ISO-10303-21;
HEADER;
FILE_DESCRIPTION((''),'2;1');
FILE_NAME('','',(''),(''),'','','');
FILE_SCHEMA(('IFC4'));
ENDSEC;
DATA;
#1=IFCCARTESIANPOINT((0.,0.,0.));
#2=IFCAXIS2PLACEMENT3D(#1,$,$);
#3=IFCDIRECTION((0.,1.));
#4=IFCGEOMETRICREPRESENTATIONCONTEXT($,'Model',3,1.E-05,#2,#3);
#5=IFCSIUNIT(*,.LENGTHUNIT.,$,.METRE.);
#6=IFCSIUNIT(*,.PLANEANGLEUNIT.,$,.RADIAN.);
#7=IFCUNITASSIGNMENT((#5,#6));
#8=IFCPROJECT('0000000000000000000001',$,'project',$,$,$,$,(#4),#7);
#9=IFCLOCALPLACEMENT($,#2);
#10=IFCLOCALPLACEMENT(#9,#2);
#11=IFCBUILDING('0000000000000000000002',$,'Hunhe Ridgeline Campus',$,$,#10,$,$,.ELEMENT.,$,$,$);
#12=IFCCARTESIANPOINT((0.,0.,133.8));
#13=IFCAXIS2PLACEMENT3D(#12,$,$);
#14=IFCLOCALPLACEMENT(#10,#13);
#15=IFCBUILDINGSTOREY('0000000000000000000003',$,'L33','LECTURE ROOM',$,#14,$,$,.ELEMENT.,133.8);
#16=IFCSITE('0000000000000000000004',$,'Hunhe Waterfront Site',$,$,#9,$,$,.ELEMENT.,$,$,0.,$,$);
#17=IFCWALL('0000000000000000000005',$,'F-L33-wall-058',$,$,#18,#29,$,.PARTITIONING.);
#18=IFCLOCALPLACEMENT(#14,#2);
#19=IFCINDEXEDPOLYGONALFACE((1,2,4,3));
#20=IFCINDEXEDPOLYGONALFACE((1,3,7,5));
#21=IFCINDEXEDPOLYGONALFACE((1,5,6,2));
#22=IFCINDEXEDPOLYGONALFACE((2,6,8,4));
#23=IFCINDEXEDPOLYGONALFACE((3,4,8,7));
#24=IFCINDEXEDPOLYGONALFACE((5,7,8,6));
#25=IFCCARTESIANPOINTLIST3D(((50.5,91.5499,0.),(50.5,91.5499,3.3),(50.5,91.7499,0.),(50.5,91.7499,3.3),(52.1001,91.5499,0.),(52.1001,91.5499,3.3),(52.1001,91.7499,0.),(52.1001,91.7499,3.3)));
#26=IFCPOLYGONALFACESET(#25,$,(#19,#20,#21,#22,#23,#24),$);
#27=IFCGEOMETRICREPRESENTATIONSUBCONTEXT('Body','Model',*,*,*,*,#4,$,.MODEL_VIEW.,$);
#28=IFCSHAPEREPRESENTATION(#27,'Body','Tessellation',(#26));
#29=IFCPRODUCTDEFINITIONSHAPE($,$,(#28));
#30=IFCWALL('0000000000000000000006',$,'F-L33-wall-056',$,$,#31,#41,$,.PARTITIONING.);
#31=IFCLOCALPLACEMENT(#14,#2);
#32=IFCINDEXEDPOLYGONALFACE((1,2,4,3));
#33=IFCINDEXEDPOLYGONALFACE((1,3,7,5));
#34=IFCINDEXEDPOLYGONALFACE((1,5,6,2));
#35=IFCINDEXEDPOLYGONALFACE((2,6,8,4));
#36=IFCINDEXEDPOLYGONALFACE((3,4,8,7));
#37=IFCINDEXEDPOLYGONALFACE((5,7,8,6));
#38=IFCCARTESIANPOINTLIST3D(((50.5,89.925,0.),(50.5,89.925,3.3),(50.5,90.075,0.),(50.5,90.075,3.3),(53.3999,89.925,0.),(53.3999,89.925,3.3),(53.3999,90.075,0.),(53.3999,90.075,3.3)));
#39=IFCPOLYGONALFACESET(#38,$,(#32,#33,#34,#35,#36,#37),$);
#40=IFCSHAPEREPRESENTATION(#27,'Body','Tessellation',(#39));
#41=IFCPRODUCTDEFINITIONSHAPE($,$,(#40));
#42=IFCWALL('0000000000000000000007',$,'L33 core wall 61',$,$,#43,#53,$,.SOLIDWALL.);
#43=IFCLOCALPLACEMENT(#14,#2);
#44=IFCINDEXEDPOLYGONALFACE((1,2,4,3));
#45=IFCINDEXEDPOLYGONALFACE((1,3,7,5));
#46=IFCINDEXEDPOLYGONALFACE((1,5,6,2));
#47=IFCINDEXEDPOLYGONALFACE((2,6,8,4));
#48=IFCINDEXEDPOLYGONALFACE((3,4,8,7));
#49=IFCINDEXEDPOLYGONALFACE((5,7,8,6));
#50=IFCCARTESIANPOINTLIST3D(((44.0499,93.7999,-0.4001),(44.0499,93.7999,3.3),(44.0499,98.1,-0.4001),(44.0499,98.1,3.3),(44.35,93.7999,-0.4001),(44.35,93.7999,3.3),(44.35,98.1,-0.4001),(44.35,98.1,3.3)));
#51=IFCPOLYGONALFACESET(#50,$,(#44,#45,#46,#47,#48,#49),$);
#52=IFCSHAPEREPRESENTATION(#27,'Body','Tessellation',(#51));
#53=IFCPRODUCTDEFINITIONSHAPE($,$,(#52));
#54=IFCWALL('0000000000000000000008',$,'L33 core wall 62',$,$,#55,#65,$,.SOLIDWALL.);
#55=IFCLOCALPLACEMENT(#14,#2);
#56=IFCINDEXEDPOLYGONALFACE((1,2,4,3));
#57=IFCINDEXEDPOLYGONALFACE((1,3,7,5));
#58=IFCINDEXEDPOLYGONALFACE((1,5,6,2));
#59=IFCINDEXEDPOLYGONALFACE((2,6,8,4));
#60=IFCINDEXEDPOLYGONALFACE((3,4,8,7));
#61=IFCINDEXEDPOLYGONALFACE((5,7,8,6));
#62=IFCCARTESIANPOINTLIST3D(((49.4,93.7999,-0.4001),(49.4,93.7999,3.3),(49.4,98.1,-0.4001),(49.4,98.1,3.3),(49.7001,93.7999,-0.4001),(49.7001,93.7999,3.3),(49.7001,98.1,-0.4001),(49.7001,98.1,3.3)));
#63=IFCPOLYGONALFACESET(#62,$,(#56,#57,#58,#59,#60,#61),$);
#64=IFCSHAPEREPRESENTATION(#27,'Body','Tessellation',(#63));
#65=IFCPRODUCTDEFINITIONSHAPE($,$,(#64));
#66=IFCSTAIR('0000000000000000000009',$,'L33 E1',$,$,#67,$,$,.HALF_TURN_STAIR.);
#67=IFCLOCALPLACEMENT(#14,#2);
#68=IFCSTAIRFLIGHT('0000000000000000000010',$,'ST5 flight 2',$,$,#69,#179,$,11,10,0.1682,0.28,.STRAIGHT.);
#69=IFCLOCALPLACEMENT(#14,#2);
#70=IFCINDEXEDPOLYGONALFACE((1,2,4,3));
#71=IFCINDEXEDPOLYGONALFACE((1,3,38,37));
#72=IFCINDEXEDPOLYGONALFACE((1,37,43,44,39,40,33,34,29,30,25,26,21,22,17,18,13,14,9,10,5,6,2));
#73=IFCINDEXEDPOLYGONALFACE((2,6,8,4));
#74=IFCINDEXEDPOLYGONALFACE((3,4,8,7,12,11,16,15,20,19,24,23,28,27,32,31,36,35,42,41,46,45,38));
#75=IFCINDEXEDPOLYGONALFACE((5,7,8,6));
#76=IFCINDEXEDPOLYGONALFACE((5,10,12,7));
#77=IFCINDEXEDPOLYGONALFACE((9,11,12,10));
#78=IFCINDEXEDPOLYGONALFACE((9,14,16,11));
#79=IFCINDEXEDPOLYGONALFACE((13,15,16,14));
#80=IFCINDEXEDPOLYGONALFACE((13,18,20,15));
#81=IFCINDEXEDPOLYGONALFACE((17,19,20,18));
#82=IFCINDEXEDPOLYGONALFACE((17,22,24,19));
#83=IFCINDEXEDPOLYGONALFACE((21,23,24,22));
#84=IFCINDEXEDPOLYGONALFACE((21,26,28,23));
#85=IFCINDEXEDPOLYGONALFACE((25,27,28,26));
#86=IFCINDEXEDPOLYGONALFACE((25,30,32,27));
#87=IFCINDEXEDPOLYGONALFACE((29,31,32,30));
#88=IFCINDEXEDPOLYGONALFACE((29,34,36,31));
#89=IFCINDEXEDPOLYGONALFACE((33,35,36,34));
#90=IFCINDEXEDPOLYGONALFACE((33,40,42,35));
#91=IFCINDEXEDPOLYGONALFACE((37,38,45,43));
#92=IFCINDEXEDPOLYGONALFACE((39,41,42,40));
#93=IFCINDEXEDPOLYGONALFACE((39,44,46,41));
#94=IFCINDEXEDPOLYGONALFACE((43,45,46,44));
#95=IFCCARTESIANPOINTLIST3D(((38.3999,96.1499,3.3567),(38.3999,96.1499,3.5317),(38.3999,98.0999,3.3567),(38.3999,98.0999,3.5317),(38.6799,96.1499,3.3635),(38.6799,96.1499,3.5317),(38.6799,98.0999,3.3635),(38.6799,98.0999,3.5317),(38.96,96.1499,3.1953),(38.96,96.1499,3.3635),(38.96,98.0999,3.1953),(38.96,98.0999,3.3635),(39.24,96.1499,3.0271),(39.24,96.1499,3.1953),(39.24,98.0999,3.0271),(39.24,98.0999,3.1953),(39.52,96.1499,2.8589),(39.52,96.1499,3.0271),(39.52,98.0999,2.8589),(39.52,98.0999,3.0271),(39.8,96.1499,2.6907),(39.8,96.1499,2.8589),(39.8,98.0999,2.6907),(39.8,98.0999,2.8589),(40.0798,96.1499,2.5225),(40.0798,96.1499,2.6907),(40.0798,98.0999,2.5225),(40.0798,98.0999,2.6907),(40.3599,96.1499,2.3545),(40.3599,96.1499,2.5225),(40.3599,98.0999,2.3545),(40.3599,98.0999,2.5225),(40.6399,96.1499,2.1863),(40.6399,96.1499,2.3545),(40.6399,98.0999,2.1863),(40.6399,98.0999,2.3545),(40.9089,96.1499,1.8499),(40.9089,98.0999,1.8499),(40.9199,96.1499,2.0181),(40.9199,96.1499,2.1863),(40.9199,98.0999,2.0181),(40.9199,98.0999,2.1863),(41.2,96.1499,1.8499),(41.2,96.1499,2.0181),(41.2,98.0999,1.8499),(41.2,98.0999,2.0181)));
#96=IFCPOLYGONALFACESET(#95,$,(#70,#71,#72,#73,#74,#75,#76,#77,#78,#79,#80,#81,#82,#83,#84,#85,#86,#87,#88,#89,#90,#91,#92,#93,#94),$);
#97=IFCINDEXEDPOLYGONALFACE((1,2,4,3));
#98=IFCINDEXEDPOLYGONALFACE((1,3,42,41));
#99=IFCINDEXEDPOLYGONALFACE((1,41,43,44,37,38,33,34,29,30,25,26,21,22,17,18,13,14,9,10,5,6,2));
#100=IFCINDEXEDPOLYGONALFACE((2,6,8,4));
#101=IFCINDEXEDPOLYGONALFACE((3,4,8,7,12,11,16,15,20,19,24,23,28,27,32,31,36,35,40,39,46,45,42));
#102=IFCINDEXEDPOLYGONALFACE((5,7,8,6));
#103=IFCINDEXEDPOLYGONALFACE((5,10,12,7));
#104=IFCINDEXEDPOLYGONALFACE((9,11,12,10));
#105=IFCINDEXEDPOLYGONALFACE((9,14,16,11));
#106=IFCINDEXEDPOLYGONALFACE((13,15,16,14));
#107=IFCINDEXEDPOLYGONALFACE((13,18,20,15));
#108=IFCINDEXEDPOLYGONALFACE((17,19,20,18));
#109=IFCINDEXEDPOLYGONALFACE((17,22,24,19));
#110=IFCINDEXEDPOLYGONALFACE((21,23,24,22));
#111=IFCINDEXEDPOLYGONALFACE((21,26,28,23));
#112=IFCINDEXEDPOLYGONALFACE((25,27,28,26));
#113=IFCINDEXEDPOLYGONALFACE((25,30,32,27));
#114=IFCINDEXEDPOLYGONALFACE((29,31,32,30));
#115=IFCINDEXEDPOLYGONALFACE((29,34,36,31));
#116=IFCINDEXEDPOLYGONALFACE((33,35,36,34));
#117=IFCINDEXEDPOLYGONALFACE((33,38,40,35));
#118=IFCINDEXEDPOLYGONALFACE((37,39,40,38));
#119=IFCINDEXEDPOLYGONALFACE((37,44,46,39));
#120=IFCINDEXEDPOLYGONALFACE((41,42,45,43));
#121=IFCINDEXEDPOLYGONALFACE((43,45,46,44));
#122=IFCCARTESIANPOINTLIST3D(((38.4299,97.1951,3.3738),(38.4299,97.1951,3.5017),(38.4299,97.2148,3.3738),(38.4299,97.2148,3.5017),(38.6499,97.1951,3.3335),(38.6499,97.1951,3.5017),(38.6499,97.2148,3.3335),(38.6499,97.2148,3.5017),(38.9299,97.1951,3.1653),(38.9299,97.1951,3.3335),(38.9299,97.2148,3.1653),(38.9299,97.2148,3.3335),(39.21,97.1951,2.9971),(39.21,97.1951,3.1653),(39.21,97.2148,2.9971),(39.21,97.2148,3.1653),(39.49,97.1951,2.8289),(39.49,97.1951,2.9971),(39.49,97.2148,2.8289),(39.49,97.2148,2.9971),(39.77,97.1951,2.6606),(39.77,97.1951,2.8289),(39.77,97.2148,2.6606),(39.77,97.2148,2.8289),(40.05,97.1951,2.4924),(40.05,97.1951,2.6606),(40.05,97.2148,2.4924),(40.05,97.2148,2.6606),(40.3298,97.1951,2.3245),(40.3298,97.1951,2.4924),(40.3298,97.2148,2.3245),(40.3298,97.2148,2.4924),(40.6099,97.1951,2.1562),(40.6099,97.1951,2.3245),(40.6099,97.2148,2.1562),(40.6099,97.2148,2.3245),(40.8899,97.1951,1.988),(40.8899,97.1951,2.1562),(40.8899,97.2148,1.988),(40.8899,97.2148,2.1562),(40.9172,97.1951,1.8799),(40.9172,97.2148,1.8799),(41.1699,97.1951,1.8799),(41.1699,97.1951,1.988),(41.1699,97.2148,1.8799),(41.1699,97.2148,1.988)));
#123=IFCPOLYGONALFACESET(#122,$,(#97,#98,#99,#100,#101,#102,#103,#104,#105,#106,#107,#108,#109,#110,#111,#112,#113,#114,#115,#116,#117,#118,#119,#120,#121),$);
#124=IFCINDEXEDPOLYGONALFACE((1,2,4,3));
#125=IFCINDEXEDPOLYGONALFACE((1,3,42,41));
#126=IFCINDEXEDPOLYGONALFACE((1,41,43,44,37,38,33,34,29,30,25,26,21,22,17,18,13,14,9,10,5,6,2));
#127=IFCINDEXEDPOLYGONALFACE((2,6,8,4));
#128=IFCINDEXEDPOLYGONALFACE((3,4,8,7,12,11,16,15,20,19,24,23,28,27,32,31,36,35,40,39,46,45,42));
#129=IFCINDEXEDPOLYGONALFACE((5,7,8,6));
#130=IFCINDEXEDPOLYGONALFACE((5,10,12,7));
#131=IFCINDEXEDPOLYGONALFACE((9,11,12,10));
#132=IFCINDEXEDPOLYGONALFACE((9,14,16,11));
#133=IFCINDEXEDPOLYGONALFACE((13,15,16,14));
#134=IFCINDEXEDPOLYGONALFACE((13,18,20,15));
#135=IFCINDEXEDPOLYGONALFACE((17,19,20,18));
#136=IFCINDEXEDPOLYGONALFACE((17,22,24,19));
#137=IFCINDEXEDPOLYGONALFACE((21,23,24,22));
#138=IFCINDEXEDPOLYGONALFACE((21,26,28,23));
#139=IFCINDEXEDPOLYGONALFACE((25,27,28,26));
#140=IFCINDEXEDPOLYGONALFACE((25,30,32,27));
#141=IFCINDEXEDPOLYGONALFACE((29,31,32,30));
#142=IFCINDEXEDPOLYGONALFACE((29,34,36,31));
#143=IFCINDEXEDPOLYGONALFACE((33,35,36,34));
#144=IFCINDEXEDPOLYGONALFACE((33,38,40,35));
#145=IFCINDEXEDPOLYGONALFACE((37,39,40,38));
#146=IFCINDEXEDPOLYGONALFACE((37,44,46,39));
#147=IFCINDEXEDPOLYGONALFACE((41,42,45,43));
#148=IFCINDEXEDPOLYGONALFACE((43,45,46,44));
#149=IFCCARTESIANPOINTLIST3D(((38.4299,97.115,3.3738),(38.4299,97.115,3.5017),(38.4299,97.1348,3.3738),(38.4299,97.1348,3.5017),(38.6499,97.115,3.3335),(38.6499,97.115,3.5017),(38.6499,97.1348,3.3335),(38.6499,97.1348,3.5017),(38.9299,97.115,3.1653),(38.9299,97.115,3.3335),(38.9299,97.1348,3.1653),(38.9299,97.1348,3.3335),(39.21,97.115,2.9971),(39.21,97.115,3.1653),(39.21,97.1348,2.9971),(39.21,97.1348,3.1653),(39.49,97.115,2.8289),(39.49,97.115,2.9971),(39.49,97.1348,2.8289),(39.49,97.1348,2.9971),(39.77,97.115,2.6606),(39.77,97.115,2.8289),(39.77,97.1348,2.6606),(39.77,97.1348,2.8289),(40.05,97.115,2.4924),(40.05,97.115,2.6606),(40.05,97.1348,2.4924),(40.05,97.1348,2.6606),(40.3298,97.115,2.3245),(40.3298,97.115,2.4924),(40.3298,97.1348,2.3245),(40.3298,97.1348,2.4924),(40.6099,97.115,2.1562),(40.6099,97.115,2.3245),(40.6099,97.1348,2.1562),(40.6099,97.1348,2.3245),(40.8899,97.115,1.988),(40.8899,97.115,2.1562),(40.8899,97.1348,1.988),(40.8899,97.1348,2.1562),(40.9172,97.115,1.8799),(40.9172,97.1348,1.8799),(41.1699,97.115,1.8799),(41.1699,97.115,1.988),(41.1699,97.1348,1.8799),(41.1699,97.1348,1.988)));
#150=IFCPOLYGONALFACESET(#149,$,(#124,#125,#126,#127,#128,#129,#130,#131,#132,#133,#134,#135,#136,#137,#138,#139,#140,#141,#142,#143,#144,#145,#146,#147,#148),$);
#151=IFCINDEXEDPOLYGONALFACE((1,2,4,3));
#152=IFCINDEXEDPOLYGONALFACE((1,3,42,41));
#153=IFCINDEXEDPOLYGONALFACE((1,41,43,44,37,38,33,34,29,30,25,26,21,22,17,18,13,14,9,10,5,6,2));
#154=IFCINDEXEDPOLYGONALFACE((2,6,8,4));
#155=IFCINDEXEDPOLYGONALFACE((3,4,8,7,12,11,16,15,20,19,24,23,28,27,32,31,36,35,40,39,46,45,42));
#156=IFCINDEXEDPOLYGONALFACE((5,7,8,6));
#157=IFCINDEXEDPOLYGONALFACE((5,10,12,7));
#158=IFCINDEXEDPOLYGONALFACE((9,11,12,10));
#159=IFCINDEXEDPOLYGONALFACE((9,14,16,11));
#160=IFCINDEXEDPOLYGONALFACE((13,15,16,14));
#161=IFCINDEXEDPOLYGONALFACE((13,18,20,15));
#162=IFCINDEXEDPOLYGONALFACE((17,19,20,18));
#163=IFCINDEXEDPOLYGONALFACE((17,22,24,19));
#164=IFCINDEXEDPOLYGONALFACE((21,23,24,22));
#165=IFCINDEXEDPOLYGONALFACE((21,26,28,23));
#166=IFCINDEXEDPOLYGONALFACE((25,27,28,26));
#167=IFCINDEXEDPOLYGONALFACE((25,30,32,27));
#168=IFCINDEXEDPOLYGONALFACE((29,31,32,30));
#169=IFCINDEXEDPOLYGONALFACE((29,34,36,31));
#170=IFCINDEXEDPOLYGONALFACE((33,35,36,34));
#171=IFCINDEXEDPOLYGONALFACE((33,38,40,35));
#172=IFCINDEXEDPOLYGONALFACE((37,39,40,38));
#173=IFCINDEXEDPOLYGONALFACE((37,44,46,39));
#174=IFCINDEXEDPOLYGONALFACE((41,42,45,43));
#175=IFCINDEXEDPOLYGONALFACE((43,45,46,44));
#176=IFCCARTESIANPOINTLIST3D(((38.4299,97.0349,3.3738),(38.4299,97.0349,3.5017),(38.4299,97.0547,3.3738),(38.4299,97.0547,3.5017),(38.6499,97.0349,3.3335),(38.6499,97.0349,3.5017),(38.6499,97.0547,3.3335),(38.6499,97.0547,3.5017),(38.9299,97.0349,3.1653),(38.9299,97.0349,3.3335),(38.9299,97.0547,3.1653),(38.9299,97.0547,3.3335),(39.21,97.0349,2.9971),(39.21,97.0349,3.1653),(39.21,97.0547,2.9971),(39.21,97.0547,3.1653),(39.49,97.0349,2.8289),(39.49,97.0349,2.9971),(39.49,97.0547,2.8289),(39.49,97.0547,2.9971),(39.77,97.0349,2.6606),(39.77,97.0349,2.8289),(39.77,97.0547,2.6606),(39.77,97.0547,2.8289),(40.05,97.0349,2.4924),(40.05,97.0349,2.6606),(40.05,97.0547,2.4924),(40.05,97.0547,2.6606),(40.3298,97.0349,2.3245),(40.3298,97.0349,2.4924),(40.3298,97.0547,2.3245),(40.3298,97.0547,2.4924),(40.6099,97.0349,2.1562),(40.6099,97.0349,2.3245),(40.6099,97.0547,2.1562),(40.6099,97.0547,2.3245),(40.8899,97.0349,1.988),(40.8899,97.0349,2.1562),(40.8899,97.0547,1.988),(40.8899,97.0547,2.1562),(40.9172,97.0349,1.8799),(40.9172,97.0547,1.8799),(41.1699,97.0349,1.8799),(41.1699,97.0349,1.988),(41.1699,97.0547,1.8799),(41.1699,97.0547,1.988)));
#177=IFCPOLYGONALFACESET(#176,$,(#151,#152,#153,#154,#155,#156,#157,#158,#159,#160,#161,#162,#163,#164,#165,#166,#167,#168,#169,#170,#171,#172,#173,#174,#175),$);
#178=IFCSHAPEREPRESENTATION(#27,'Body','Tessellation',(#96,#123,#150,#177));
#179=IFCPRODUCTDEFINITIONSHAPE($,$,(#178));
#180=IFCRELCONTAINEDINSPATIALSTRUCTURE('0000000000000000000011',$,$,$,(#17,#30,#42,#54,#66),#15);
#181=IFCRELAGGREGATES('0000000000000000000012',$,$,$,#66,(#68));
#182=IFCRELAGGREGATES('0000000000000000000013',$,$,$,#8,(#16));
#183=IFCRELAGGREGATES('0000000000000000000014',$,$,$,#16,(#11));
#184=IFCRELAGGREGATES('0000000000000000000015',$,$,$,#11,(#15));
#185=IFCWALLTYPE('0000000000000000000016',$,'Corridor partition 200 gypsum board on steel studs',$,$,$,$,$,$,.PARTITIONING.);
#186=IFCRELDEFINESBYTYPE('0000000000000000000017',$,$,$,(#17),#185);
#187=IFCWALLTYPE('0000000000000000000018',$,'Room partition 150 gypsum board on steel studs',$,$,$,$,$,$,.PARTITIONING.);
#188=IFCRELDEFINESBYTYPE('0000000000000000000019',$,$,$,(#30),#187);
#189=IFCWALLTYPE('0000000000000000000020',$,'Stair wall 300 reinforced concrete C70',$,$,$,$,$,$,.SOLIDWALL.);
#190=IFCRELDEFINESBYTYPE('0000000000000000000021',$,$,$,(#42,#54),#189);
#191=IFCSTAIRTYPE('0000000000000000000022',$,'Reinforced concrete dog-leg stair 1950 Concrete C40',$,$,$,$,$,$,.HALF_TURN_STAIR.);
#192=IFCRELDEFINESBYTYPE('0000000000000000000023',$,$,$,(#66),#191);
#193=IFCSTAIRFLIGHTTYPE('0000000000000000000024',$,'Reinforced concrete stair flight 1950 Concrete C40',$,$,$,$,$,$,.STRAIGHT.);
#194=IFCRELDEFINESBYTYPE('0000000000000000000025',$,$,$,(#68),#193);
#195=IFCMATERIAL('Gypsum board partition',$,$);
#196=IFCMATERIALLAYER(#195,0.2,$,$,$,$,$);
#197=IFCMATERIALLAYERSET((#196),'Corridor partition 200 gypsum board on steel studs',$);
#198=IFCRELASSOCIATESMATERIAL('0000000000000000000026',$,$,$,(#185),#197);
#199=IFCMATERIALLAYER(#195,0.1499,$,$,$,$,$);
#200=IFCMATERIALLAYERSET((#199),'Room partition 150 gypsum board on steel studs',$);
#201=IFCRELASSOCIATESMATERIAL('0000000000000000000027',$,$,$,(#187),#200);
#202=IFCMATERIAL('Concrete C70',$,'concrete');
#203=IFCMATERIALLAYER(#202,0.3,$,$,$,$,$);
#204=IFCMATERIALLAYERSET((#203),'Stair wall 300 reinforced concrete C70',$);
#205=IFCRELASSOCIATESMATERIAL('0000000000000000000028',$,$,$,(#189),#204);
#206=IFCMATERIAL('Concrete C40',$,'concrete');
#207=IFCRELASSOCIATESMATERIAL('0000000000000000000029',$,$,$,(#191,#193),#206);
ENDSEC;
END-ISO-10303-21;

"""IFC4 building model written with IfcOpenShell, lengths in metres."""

from ifc_helpers import new_model, si_unit, direction, frame, frame_2d, origin, place, context, subcontext, project, spatial, polyline, rectangle, outline, extrude, material, layer, layer_set, type_object, element, aggregate, save


model = new_model("IFC4")

# Units and contexts
model_context = context("Model", 3, precision=1e-05, world=origin(), true_north=direction((0.0, 1.0)))
body_context = subcontext(model_context, "Body", "Model", "MODEL_VIEW")
ifc_project = project(units=[si_unit("LENGTHUNIT", "METRE"), si_unit("PLANEANGLEUNIT", "RADIAN")], contexts=[model_context])

# Site, building, storey
site_placement = place(None, origin())
site = spatial("IfcSite", under=ifc_project, at=site_placement, Name="Hunhe Waterfront Site", CompositionType="ELEMENT", RefElevation=0.0)
building_placement = place(site_placement, origin())
building = spatial("IfcBuilding", under=site, at=building_placement, Name="Hunhe Ridgeline Campus", CompositionType="ELEMENT")
storey_placement = place(building_placement, frame((0.0, 0.0, 133.8)))
storey = spatial("IfcBuildingStorey", under=building, at=storey_placement, Name="L33", Description="LECTURE ROOM", CompositionType="ELEMENT", Elevation=133.8)

# Wall
ifc_material_1 = material(Name="Gypsum board partition")
ifc_layer_1 = layer(ifc_material_1, 0.2)
ifc_layer_set_1 = layer_set([ifc_layer_1], Name="Corridor partition 200 gypsum board on steel studs")
wall_type_1 = type_object("IfcWallType", Name="Corridor partition 200 gypsum board on steel studs", PredefinedType="PARTITIONING", material=ifc_layer_set_1)
wall_1_placement = place(storey_placement, frame((52.1001, 91.6499, 0.0), z_axis=(0.0, 0.0, 1.0), x_axis=(-1.0, 0.0, 0.0)))
element("IfcWall", 1, at=wall_1_placement, inside=storey, type_object=wall_type_1, Name="F-L33-wall-058", PredefinedType="PARTITIONING", context=body_context, shape_type="SweptSolid", body=[
    extrude(rectangle(XDim=1.6001, YDim=0.2, at=frame_2d((0.8, 0.0))), origin(), (0.0, 0.0, 1.0), 3.3),
])

# Wall
ifc_layer_2 = layer(ifc_material_1, 0.1499)
ifc_layer_set_2 = layer_set([ifc_layer_2], Name="Room partition 150 gypsum board on steel studs")
wall_type_2 = type_object("IfcWallType", Name="Room partition 150 gypsum board on steel studs", PredefinedType="PARTITIONING", material=ifc_layer_set_2)
wall_2_placement = place(storey_placement, frame((50.5, 90.0, 0.0), z_axis=(0.0, 0.0, 1.0), x_axis=(1.0, 0.0, 0.0)))
element("IfcWall", 2, at=wall_2_placement, inside=storey, type_object=wall_type_2, Name="F-L33-wall-056", PredefinedType="PARTITIONING", context=body_context, shape_type="SweptSolid", body=[
    extrude(rectangle(XDim=2.8999, YDim=0.1499, at=frame_2d((1.45, 0.0))), origin(), (0.0, 0.0, 1.0), 3.3),
])

# Shared definitions
ifc_material_2 = material(Name="Concrete C70", Category="concrete")
ifc_layer_3 = layer(ifc_material_2, 0.3)
ifc_layer_set_3 = layer_set([ifc_layer_3], Name="Stair wall 300 reinforced concrete C70")
wall_type_3 = type_object("IfcWallType", Name="Stair wall 300 reinforced concrete C70", PredefinedType="SOLIDWALL", material=ifc_layer_set_3)

# Walls
for number, where, z_axis, x_axis, name in (
    (3, (44.2, 93.8, -0.4001), (0.0, 0.0, 1.0), (0.0, 1.0, 0.0), "L33 core wall 61"),
    (4, (49.55, 93.8, -0.4001), (0.0, 0.0, 1.0), (0.0, 1.0, 0.0), "L33 core wall 62"),
):
    element("IfcWall", number, at=place(storey_placement, frame(where, z_axis=z_axis, x_axis=x_axis)), inside=storey, type_object=wall_type_3, Name=name, PredefinedType="SOLIDWALL", context=body_context, shape_type="SweptSolid", body=[
        extrude(rectangle(XDim=4.3, YDim=0.3, at=frame_2d((2.1499, 0.0))), origin(), (0.0, 0.0, 1.0), 3.7002),
    ])

# Stair, stair flight
ifc_material_3 = material(Name="Concrete C40", Category="concrete")
stair_type = type_object("IfcStairType", Name="Reinforced concrete dog-leg stair 1950 Concrete C40", PredefinedType="HALF_TURN_STAIR", material=ifc_material_3)
stair_1_placement = place(storey_placement, origin())
stair_1 = element("IfcStair", 5, at=stair_1_placement, inside=storey, type_object=stair_type, Name="L33 E1", PredefinedType="HALF_TURN_STAIR")
stair_flight_type = type_object("IfcStairFlightType", Name="Reinforced concrete stair flight 1950 Concrete C40", PredefinedType="STRAIGHT", material=ifc_material_3)
stair_flight_1_placement = place(storey_placement, frame((41.2, 97.125, 1.8499), z_axis=(0.0, 0.0, 1.0), x_axis=(-1.0, 0.0, 0.0)))
stair_flight_1 = element("IfcStairFlight", 6, at=stair_flight_1_placement, type_object=stair_flight_type, Name="ST5 flight 2", NumberOfRisers=11, NumberOfTreads=10, PredefinedType="STRAIGHT", RiserHeight=0.1682, TreadLength=0.28, context=body_context, shape_type="SweptSolid", body=[
    extrude(outline(polyline([(0.0, 0.0), (0.0, 0.1682), (0.28, 0.1682), (0.28, 0.3364), (0.5601, 0.3364), (0.5601, 0.5046), (0.8401, 0.5046), (0.8401, 0.6726), (1.1201, 0.6726), (1.1201, 0.8408), (1.3999, 0.8408), (1.3999, 1.009), (1.6799, 1.009), (1.6799, 1.1772), (1.96, 1.1772), (1.96, 1.3455), (2.24, 1.3455), (2.24, 1.5137), (2.52, 1.5137), (2.52, 1.6819), (2.8, 1.6819), (2.8, 1.8501), (2.8, 1.5068), (0.291, 0.0), (0.0, 0.0)])), frame((0.0, 0.9751, 0.0), z_axis=(0.0, -1.0, 0.0), x_axis=(1.0, 0.0, 0.0)), (0.0, 0.0, 1.0), 1.95),
    extrude(outline(polyline([(0.03, 0.03), (0.03, 0.1382), (0.3101, 0.1382), (0.3101, 0.3064), (0.5901, 0.3064), (0.5901, 0.4746), (0.8701, 0.4746), (0.8701, 0.6426), (1.1499, 0.6426), (1.1499, 0.8108), (1.4299, 0.8108), (1.4299, 0.979), (1.71, 0.979), (1.71, 1.1472), (1.99, 1.1472), (1.99, 1.3154), (2.27, 1.3154), (2.27, 1.4836), (2.55, 1.4836), (2.55, 1.6519), (2.77, 1.6519), (2.77, 1.5239), (0.2827, 0.03), (0.03, 0.03)])), frame((0.0, -0.0701, 0.0), z_axis=(0.0, -1.0, 0.0), x_axis=(1.0, 0.0, 0.0)), (0.0, 0.0, 1.0), 0.0198),
    extrude(outline(polyline([(0.03, 0.03), (0.03, 0.1382), (0.3101, 0.1382), (0.3101, 0.3064), (0.5901, 0.3064), (0.5901, 0.4746), (0.8701, 0.4746), (0.8701, 0.6426), (1.1499, 0.6426), (1.1499, 0.8108), (1.4299, 0.8108), (1.4299, 0.979), (1.71, 0.979), (1.71, 1.1472), (1.99, 1.1472), (1.99, 1.3154), (2.27, 1.3154), (2.27, 1.4836), (2.55, 1.4836), (2.55, 1.6519), (2.77, 1.6519), (2.77, 1.5239), (0.2827, 0.03), (0.03, 0.03)])), frame((0.0, 0.01, 0.0), z_axis=(0.0, -1.0, 0.0), x_axis=(1.0, 0.0, 0.0)), (0.0, 0.0, 1.0), 0.0198),
    extrude(outline(polyline([(0.03, 0.03), (0.03, 0.1382), (0.3101, 0.1382), (0.3101, 0.3064), (0.5901, 0.3064), (0.5901, 0.4746), (0.8701, 0.4746), (0.8701, 0.6426), (1.1499, 0.6426), (1.1499, 0.8108), (1.4299, 0.8108), (1.4299, 0.979), (1.71, 0.979), (1.71, 1.1472), (1.99, 1.1472), (1.99, 1.3154), (2.27, 1.3154), (2.27, 1.4836), (2.55, 1.4836), (2.55, 1.6519), (2.77, 1.6519), (2.77, 1.5239), (0.2827, 0.03), (0.03, 0.03)])), frame((0.0, 0.0901, 0.0), z_axis=(0.0, -1.0, 0.0), x_axis=(1.0, 0.0, 0.0)), (0.0, 0.0, 1.0), 0.0198),
])
aggregate(stair_1, [stair_flight_1])

save(model, "model.ifc")
